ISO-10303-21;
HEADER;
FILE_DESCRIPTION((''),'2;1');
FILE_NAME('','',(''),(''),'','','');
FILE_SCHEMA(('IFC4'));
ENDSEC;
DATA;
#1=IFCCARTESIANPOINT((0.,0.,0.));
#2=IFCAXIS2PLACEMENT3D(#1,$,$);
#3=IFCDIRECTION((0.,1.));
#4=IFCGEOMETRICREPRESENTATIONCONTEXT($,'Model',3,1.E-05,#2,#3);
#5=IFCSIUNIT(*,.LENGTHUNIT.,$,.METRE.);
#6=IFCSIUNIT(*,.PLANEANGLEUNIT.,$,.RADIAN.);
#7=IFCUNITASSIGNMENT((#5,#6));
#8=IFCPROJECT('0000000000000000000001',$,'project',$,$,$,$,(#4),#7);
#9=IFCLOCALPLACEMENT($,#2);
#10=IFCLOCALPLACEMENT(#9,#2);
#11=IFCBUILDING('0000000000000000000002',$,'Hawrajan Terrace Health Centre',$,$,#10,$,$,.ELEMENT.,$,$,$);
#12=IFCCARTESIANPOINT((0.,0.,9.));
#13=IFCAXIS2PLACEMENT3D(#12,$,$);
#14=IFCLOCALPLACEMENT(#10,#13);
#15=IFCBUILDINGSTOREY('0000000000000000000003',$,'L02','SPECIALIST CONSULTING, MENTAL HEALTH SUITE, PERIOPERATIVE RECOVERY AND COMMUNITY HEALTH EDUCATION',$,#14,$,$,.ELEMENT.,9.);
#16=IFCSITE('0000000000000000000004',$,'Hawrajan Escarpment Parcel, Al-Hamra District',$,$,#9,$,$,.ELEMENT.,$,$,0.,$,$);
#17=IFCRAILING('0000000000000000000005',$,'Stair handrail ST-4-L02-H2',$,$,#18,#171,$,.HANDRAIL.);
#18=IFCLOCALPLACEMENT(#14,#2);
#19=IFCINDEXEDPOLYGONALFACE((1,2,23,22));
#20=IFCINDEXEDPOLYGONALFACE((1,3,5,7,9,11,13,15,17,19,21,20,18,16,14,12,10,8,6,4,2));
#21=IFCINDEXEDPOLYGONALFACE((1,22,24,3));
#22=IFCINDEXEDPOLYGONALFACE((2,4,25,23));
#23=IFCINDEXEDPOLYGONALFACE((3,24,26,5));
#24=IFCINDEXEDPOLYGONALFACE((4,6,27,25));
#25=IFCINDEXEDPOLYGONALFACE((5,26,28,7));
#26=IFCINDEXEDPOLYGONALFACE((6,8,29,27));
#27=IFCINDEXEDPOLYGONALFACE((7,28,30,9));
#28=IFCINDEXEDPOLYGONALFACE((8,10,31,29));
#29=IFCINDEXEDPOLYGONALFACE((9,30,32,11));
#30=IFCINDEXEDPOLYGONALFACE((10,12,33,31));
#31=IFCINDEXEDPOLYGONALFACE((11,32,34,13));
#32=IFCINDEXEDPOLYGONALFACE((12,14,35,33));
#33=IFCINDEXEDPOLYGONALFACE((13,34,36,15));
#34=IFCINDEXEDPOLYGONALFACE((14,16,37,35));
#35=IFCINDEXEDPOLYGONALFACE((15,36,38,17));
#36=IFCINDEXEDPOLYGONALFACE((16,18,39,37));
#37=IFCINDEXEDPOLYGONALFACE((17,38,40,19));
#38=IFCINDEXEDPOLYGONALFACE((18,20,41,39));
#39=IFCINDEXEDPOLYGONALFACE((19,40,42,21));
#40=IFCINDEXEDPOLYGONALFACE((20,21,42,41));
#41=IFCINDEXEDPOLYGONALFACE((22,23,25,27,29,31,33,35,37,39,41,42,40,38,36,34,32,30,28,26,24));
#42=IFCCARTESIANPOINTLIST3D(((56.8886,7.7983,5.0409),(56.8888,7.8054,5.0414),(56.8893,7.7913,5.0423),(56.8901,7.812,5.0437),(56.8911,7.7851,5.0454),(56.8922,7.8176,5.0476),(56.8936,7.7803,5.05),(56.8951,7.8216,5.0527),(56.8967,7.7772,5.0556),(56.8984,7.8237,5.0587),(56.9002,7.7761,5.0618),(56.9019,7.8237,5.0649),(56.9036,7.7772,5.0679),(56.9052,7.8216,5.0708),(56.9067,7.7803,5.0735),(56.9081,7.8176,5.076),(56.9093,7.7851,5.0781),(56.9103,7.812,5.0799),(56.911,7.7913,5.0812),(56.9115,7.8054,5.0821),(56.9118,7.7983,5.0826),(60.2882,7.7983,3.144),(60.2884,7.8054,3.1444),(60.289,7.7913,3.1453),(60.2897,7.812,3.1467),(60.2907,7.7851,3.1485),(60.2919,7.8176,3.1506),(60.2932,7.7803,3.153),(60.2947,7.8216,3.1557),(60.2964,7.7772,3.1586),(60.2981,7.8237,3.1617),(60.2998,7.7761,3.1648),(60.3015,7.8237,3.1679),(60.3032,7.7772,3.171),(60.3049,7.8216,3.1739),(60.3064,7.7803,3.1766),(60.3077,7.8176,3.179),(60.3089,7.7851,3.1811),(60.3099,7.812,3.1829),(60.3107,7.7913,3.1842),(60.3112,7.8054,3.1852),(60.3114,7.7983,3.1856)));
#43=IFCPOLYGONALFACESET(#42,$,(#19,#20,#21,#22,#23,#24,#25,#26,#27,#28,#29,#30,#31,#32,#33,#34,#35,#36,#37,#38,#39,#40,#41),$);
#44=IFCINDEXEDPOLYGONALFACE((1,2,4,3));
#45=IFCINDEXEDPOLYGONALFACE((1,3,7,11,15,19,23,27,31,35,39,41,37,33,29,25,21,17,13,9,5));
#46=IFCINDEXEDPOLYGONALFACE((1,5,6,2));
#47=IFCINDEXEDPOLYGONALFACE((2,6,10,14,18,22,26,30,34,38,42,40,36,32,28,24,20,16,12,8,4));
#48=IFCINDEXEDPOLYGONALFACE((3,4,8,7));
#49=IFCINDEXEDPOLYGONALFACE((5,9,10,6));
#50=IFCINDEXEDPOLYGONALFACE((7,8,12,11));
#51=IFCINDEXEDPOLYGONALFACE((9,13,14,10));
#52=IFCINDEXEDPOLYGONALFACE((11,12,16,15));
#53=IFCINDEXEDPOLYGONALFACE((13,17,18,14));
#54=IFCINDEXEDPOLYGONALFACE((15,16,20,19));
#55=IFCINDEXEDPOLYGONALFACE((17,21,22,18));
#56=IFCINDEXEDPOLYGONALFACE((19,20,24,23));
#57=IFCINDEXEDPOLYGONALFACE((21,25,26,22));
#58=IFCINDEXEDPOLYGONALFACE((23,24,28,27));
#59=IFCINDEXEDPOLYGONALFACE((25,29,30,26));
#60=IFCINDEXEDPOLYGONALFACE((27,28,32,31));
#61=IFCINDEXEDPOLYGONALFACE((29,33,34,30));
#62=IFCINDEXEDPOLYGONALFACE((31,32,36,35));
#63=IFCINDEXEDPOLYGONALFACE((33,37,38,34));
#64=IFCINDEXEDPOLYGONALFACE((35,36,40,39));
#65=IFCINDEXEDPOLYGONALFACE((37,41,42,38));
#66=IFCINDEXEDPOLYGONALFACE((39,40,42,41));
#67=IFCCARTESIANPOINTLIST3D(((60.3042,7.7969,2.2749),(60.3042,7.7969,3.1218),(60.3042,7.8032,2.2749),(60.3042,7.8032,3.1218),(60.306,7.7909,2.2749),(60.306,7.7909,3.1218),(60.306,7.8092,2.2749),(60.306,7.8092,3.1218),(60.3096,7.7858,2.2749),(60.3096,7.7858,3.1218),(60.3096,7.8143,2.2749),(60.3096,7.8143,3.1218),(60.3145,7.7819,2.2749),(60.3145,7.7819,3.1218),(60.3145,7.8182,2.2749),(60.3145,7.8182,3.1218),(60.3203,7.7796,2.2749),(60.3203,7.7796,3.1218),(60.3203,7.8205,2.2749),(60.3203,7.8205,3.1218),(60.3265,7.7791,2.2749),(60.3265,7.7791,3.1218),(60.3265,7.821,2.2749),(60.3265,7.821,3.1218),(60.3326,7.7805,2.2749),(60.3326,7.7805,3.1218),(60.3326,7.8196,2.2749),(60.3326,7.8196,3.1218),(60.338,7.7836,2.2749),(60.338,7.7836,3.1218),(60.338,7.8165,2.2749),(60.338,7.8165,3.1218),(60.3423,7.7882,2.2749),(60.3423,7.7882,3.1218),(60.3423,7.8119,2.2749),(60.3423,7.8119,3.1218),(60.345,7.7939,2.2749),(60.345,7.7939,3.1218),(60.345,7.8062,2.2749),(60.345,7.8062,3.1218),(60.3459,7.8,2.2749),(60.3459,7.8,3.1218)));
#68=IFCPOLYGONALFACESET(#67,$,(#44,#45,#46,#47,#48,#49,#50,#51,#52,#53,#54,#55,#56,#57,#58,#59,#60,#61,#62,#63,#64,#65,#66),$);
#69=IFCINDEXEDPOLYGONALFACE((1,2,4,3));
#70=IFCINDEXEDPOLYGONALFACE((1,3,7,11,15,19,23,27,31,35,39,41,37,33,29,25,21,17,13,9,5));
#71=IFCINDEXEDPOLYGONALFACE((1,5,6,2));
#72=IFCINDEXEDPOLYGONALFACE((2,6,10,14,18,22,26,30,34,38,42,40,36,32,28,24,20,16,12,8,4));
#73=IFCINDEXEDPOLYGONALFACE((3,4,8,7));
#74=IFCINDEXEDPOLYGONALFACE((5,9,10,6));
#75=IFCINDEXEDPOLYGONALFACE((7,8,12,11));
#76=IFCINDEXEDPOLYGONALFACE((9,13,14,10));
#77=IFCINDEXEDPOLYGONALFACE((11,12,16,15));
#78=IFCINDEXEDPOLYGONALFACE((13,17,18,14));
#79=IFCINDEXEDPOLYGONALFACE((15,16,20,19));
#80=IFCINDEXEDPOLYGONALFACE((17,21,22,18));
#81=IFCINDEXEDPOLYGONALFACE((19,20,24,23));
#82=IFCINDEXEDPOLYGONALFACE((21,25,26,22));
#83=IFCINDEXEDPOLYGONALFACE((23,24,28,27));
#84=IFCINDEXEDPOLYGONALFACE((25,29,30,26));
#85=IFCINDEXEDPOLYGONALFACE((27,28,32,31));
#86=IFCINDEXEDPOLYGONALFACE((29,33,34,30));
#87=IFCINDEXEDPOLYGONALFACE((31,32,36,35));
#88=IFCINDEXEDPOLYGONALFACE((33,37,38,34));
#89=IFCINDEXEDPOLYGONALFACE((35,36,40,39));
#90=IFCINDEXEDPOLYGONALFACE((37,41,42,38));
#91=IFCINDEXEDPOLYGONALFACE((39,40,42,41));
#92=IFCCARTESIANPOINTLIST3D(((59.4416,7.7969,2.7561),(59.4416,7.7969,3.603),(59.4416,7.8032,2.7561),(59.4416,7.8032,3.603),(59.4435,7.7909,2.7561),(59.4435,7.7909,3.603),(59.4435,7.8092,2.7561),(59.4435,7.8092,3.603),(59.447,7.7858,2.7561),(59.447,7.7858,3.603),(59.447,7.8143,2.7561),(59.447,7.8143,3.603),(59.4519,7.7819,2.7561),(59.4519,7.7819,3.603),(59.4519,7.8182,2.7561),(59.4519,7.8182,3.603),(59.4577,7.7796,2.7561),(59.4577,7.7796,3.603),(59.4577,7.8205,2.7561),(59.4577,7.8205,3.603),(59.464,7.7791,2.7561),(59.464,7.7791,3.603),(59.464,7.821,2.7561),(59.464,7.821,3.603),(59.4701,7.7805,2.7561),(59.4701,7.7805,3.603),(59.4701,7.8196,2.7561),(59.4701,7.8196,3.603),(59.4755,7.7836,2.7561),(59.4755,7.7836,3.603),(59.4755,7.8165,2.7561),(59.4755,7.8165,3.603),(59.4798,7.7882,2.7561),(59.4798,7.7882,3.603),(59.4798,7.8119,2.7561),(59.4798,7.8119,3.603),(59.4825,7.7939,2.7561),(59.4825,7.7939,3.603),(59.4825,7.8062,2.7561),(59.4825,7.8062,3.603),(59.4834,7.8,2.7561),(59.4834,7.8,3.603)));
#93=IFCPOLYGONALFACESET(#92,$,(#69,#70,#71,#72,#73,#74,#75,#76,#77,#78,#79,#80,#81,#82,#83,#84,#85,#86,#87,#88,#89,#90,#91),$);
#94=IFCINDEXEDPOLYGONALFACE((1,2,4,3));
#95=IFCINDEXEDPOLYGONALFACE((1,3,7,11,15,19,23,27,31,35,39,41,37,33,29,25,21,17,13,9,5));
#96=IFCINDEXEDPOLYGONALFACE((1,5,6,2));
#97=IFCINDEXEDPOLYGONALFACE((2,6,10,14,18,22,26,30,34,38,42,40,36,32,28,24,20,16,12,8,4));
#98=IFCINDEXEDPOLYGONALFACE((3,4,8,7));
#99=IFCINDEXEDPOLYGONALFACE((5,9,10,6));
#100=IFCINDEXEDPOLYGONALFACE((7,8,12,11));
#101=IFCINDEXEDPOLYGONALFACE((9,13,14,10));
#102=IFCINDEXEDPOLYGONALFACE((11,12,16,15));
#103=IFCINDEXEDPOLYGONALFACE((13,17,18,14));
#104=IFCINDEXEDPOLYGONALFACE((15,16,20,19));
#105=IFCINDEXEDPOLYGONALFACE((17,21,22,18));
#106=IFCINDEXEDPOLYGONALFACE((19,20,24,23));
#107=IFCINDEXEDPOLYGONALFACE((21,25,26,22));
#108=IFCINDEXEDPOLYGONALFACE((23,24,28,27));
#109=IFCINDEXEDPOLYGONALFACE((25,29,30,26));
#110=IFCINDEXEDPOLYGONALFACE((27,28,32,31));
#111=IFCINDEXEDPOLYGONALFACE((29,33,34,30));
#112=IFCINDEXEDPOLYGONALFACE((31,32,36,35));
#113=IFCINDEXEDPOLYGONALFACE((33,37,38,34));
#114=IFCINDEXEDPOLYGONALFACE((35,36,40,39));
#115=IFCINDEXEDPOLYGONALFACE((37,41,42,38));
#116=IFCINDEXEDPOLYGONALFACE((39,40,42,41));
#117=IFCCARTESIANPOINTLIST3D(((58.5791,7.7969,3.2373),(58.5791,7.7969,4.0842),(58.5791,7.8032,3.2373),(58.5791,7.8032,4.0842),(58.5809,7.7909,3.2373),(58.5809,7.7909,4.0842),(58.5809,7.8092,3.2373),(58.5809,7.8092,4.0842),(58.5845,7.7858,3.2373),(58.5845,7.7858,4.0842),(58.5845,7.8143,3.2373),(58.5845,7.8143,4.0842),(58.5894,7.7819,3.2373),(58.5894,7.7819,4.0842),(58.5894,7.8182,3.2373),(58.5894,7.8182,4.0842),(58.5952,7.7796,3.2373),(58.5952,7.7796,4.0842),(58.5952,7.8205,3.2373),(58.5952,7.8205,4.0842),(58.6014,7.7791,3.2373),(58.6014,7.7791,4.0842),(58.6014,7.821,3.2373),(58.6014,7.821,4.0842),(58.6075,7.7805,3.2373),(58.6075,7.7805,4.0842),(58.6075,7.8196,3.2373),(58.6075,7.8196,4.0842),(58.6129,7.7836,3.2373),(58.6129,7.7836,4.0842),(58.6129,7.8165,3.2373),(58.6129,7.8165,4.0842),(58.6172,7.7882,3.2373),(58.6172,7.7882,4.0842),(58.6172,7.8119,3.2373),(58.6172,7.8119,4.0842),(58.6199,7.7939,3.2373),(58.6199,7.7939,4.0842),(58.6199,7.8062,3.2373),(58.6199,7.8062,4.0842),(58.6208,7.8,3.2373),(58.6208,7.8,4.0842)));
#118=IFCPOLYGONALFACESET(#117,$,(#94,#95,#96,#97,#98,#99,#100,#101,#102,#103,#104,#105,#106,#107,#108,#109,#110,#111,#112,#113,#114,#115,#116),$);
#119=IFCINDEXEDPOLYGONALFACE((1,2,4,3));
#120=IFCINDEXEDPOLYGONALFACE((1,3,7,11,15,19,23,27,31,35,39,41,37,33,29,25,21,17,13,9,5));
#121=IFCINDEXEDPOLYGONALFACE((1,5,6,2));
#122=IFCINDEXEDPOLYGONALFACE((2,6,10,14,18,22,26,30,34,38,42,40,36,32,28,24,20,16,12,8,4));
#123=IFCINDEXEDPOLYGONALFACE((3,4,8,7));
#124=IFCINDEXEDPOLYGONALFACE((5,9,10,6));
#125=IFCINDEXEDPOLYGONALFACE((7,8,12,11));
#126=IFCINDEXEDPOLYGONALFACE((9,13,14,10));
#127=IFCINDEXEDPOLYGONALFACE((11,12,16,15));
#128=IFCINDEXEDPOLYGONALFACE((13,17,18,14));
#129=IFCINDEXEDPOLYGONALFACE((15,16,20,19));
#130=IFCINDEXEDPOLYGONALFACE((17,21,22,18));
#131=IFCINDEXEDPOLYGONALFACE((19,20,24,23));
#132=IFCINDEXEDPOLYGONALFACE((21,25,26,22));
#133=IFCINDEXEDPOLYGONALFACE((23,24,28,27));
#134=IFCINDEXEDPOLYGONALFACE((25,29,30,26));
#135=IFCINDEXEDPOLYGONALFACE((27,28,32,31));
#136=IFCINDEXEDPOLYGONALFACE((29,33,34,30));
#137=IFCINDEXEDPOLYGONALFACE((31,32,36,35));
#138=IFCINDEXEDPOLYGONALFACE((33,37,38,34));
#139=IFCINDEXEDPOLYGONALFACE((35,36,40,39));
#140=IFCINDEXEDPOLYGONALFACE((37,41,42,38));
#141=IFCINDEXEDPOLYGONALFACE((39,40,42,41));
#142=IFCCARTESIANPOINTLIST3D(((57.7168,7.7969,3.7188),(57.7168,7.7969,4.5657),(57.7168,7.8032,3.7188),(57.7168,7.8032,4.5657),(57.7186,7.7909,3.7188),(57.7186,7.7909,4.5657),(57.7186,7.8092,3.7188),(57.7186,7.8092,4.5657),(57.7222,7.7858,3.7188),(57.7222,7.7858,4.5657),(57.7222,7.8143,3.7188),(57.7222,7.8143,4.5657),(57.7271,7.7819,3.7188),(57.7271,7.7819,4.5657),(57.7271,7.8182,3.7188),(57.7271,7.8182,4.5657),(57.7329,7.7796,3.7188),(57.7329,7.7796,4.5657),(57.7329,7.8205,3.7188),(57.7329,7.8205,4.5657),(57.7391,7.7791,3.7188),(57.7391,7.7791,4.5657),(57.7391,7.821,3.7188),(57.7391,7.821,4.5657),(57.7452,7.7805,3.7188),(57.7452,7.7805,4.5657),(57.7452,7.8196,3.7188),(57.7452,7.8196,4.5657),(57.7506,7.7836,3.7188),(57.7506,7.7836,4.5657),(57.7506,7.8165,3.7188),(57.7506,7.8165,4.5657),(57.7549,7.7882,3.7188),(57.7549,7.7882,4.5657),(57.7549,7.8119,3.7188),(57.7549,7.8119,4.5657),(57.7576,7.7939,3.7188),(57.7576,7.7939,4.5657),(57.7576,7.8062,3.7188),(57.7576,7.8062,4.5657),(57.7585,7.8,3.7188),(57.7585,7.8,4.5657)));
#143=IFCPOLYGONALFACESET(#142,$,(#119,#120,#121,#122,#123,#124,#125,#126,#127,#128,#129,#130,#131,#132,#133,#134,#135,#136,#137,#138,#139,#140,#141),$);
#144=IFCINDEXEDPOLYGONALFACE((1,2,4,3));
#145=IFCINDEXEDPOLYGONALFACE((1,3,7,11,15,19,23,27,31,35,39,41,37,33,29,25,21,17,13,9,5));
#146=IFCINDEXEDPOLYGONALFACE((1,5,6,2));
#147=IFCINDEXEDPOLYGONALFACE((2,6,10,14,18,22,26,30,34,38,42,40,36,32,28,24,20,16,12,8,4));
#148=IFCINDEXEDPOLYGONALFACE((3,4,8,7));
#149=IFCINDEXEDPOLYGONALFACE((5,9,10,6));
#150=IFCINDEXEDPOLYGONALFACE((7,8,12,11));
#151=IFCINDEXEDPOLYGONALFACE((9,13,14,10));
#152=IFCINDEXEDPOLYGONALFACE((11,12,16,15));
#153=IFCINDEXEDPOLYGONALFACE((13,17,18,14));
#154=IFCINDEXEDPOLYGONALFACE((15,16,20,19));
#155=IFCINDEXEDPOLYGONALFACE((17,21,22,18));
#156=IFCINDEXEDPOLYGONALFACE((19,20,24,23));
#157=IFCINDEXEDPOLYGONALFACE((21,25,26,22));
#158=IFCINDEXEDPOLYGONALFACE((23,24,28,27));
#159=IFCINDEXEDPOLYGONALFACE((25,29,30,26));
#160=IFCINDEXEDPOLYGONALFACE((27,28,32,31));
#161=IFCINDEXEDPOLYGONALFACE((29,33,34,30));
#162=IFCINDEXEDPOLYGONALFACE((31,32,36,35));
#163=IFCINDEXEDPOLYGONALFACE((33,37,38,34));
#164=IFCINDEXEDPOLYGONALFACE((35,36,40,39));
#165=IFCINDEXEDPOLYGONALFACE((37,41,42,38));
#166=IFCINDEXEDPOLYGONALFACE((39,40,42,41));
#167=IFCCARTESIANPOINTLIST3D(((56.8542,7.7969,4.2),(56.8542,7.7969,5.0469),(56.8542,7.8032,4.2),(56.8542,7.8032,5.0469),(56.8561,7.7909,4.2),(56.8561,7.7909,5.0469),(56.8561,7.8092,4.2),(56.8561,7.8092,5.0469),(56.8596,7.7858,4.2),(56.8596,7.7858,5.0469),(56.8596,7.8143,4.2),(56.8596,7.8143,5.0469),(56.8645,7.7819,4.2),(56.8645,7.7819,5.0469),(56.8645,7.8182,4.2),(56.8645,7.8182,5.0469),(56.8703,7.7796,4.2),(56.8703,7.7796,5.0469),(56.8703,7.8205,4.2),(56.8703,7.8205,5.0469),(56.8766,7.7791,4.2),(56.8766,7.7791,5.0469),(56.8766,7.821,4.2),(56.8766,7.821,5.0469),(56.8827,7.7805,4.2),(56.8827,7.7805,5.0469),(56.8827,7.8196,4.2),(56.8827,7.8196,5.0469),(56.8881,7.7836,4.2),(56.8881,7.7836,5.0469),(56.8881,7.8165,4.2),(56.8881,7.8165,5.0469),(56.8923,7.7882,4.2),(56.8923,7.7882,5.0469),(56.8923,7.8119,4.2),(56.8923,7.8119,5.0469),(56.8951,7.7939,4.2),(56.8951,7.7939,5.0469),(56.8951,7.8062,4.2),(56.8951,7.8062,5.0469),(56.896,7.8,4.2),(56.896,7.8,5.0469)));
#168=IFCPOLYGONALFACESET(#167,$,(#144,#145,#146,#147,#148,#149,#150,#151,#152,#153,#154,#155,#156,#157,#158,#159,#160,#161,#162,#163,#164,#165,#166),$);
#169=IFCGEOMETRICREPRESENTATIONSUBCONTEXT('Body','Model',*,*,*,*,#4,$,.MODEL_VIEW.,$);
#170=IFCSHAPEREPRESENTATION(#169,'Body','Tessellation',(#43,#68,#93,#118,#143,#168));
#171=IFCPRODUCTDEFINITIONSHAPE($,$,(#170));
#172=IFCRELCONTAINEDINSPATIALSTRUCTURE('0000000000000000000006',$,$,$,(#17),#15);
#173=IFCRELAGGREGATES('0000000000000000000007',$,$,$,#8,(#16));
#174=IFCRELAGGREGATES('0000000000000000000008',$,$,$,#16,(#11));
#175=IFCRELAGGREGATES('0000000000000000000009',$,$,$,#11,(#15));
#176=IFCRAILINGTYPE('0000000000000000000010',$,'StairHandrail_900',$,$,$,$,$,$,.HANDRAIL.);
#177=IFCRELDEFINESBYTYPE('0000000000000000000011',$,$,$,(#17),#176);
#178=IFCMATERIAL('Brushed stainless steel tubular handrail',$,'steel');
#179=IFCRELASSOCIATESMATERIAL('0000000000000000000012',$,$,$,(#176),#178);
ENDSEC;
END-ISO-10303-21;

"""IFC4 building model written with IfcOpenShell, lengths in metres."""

from ifc_helpers import new_model, si_unit, direction, frame, origin, origin_2d, place, context, subcontext, project, spatial, circle, extrude, material, type_object, element, save


model = new_model("IFC4")

# Units and contexts
model_context = context("Model", 3, precision=1e-05, world=origin(), true_north=direction((0.0, 1.0)))
body_context = subcontext(model_context, "Body", "Model", "MODEL_VIEW")
ifc_project = project(units=[si_unit("LENGTHUNIT", "METRE"), si_unit("PLANEANGLEUNIT", "RADIAN")], contexts=[model_context])

# Site, building, storey
site_placement = place(None, origin())
site = spatial("IfcSite", under=ifc_project, at=site_placement, Name="Hawrajan Escarpment Parcel, Al-Hamra District", CompositionType="ELEMENT", RefElevation=0.0)
building_placement = place(site_placement, origin())
building = spatial("IfcBuilding", under=site, at=building_placement, Name="Hawrajan Terrace Health Centre", CompositionType="ELEMENT")
storey_placement = place(building_placement, frame((0.0, 0.0, 9.0)))
storey = spatial("IfcBuildingStorey", under=building, at=storey_placement, Name="L02", Description="SPECIALIST CONSULTING, MENTAL HEALTH SUITE, PERIOPERATIVE RECOVERY AND COMMUNITY HEALTH EDUCATION", CompositionType="ELEMENT", Elevation=9.0)

# Railing
ifc_material_1 = material(Name="Brushed stainless steel tubular handrail", Category="steel")
railing_type_1 = type_object("IfcRailingType", Name="StairHandrail_900", PredefinedType="HANDRAIL", material=ifc_material_1)
railing_1_placement = place(storey_placement, frame((60.325, 7.8, 2.2749)))
element("IfcRailing", 1, at=railing_1_placement, inside=storey, type_object=railing_type_1, Name="Stair handrail ST-4-L02-H2", PredefinedType="HANDRAIL", context=body_context, shape_type="SweptSolid", body=[
    extrude(circle(Radius=0.0239, at=origin_2d()), frame((-0.0251, 0.0, 0.8899), z_axis=(-0.873252, 0.0, 0.487269), x_axis=(0.0, -1.0, 0.0)), (0.0, 0.0, 1.0), 3.8931),
    extrude(circle(Radius=0.021, at=origin_2d()), origin(), (0.0, 0.0, 1.0), 0.8469),
    extrude(circle(Radius=0.021, at=origin_2d()), frame((-0.8625, 0.0, 0.4812)), (0.0, 0.0, 1.0), 0.8469),
    extrude(circle(Radius=0.021, at=origin_2d()), frame((-1.7251, 0.0, 0.9624)), (0.0, 0.0, 1.0), 0.8469),
    extrude(circle(Radius=0.021, at=origin_2d()), frame((-2.5874, 0.0, 1.4438)), (0.0, 0.0, 1.0), 0.8469),
    extrude(circle(Radius=0.021, at=origin_2d()), frame((-3.45, 0.0, 1.925)), (0.0, 0.0, 1.0), 0.8469),
])

save(model, "model.ifc")
